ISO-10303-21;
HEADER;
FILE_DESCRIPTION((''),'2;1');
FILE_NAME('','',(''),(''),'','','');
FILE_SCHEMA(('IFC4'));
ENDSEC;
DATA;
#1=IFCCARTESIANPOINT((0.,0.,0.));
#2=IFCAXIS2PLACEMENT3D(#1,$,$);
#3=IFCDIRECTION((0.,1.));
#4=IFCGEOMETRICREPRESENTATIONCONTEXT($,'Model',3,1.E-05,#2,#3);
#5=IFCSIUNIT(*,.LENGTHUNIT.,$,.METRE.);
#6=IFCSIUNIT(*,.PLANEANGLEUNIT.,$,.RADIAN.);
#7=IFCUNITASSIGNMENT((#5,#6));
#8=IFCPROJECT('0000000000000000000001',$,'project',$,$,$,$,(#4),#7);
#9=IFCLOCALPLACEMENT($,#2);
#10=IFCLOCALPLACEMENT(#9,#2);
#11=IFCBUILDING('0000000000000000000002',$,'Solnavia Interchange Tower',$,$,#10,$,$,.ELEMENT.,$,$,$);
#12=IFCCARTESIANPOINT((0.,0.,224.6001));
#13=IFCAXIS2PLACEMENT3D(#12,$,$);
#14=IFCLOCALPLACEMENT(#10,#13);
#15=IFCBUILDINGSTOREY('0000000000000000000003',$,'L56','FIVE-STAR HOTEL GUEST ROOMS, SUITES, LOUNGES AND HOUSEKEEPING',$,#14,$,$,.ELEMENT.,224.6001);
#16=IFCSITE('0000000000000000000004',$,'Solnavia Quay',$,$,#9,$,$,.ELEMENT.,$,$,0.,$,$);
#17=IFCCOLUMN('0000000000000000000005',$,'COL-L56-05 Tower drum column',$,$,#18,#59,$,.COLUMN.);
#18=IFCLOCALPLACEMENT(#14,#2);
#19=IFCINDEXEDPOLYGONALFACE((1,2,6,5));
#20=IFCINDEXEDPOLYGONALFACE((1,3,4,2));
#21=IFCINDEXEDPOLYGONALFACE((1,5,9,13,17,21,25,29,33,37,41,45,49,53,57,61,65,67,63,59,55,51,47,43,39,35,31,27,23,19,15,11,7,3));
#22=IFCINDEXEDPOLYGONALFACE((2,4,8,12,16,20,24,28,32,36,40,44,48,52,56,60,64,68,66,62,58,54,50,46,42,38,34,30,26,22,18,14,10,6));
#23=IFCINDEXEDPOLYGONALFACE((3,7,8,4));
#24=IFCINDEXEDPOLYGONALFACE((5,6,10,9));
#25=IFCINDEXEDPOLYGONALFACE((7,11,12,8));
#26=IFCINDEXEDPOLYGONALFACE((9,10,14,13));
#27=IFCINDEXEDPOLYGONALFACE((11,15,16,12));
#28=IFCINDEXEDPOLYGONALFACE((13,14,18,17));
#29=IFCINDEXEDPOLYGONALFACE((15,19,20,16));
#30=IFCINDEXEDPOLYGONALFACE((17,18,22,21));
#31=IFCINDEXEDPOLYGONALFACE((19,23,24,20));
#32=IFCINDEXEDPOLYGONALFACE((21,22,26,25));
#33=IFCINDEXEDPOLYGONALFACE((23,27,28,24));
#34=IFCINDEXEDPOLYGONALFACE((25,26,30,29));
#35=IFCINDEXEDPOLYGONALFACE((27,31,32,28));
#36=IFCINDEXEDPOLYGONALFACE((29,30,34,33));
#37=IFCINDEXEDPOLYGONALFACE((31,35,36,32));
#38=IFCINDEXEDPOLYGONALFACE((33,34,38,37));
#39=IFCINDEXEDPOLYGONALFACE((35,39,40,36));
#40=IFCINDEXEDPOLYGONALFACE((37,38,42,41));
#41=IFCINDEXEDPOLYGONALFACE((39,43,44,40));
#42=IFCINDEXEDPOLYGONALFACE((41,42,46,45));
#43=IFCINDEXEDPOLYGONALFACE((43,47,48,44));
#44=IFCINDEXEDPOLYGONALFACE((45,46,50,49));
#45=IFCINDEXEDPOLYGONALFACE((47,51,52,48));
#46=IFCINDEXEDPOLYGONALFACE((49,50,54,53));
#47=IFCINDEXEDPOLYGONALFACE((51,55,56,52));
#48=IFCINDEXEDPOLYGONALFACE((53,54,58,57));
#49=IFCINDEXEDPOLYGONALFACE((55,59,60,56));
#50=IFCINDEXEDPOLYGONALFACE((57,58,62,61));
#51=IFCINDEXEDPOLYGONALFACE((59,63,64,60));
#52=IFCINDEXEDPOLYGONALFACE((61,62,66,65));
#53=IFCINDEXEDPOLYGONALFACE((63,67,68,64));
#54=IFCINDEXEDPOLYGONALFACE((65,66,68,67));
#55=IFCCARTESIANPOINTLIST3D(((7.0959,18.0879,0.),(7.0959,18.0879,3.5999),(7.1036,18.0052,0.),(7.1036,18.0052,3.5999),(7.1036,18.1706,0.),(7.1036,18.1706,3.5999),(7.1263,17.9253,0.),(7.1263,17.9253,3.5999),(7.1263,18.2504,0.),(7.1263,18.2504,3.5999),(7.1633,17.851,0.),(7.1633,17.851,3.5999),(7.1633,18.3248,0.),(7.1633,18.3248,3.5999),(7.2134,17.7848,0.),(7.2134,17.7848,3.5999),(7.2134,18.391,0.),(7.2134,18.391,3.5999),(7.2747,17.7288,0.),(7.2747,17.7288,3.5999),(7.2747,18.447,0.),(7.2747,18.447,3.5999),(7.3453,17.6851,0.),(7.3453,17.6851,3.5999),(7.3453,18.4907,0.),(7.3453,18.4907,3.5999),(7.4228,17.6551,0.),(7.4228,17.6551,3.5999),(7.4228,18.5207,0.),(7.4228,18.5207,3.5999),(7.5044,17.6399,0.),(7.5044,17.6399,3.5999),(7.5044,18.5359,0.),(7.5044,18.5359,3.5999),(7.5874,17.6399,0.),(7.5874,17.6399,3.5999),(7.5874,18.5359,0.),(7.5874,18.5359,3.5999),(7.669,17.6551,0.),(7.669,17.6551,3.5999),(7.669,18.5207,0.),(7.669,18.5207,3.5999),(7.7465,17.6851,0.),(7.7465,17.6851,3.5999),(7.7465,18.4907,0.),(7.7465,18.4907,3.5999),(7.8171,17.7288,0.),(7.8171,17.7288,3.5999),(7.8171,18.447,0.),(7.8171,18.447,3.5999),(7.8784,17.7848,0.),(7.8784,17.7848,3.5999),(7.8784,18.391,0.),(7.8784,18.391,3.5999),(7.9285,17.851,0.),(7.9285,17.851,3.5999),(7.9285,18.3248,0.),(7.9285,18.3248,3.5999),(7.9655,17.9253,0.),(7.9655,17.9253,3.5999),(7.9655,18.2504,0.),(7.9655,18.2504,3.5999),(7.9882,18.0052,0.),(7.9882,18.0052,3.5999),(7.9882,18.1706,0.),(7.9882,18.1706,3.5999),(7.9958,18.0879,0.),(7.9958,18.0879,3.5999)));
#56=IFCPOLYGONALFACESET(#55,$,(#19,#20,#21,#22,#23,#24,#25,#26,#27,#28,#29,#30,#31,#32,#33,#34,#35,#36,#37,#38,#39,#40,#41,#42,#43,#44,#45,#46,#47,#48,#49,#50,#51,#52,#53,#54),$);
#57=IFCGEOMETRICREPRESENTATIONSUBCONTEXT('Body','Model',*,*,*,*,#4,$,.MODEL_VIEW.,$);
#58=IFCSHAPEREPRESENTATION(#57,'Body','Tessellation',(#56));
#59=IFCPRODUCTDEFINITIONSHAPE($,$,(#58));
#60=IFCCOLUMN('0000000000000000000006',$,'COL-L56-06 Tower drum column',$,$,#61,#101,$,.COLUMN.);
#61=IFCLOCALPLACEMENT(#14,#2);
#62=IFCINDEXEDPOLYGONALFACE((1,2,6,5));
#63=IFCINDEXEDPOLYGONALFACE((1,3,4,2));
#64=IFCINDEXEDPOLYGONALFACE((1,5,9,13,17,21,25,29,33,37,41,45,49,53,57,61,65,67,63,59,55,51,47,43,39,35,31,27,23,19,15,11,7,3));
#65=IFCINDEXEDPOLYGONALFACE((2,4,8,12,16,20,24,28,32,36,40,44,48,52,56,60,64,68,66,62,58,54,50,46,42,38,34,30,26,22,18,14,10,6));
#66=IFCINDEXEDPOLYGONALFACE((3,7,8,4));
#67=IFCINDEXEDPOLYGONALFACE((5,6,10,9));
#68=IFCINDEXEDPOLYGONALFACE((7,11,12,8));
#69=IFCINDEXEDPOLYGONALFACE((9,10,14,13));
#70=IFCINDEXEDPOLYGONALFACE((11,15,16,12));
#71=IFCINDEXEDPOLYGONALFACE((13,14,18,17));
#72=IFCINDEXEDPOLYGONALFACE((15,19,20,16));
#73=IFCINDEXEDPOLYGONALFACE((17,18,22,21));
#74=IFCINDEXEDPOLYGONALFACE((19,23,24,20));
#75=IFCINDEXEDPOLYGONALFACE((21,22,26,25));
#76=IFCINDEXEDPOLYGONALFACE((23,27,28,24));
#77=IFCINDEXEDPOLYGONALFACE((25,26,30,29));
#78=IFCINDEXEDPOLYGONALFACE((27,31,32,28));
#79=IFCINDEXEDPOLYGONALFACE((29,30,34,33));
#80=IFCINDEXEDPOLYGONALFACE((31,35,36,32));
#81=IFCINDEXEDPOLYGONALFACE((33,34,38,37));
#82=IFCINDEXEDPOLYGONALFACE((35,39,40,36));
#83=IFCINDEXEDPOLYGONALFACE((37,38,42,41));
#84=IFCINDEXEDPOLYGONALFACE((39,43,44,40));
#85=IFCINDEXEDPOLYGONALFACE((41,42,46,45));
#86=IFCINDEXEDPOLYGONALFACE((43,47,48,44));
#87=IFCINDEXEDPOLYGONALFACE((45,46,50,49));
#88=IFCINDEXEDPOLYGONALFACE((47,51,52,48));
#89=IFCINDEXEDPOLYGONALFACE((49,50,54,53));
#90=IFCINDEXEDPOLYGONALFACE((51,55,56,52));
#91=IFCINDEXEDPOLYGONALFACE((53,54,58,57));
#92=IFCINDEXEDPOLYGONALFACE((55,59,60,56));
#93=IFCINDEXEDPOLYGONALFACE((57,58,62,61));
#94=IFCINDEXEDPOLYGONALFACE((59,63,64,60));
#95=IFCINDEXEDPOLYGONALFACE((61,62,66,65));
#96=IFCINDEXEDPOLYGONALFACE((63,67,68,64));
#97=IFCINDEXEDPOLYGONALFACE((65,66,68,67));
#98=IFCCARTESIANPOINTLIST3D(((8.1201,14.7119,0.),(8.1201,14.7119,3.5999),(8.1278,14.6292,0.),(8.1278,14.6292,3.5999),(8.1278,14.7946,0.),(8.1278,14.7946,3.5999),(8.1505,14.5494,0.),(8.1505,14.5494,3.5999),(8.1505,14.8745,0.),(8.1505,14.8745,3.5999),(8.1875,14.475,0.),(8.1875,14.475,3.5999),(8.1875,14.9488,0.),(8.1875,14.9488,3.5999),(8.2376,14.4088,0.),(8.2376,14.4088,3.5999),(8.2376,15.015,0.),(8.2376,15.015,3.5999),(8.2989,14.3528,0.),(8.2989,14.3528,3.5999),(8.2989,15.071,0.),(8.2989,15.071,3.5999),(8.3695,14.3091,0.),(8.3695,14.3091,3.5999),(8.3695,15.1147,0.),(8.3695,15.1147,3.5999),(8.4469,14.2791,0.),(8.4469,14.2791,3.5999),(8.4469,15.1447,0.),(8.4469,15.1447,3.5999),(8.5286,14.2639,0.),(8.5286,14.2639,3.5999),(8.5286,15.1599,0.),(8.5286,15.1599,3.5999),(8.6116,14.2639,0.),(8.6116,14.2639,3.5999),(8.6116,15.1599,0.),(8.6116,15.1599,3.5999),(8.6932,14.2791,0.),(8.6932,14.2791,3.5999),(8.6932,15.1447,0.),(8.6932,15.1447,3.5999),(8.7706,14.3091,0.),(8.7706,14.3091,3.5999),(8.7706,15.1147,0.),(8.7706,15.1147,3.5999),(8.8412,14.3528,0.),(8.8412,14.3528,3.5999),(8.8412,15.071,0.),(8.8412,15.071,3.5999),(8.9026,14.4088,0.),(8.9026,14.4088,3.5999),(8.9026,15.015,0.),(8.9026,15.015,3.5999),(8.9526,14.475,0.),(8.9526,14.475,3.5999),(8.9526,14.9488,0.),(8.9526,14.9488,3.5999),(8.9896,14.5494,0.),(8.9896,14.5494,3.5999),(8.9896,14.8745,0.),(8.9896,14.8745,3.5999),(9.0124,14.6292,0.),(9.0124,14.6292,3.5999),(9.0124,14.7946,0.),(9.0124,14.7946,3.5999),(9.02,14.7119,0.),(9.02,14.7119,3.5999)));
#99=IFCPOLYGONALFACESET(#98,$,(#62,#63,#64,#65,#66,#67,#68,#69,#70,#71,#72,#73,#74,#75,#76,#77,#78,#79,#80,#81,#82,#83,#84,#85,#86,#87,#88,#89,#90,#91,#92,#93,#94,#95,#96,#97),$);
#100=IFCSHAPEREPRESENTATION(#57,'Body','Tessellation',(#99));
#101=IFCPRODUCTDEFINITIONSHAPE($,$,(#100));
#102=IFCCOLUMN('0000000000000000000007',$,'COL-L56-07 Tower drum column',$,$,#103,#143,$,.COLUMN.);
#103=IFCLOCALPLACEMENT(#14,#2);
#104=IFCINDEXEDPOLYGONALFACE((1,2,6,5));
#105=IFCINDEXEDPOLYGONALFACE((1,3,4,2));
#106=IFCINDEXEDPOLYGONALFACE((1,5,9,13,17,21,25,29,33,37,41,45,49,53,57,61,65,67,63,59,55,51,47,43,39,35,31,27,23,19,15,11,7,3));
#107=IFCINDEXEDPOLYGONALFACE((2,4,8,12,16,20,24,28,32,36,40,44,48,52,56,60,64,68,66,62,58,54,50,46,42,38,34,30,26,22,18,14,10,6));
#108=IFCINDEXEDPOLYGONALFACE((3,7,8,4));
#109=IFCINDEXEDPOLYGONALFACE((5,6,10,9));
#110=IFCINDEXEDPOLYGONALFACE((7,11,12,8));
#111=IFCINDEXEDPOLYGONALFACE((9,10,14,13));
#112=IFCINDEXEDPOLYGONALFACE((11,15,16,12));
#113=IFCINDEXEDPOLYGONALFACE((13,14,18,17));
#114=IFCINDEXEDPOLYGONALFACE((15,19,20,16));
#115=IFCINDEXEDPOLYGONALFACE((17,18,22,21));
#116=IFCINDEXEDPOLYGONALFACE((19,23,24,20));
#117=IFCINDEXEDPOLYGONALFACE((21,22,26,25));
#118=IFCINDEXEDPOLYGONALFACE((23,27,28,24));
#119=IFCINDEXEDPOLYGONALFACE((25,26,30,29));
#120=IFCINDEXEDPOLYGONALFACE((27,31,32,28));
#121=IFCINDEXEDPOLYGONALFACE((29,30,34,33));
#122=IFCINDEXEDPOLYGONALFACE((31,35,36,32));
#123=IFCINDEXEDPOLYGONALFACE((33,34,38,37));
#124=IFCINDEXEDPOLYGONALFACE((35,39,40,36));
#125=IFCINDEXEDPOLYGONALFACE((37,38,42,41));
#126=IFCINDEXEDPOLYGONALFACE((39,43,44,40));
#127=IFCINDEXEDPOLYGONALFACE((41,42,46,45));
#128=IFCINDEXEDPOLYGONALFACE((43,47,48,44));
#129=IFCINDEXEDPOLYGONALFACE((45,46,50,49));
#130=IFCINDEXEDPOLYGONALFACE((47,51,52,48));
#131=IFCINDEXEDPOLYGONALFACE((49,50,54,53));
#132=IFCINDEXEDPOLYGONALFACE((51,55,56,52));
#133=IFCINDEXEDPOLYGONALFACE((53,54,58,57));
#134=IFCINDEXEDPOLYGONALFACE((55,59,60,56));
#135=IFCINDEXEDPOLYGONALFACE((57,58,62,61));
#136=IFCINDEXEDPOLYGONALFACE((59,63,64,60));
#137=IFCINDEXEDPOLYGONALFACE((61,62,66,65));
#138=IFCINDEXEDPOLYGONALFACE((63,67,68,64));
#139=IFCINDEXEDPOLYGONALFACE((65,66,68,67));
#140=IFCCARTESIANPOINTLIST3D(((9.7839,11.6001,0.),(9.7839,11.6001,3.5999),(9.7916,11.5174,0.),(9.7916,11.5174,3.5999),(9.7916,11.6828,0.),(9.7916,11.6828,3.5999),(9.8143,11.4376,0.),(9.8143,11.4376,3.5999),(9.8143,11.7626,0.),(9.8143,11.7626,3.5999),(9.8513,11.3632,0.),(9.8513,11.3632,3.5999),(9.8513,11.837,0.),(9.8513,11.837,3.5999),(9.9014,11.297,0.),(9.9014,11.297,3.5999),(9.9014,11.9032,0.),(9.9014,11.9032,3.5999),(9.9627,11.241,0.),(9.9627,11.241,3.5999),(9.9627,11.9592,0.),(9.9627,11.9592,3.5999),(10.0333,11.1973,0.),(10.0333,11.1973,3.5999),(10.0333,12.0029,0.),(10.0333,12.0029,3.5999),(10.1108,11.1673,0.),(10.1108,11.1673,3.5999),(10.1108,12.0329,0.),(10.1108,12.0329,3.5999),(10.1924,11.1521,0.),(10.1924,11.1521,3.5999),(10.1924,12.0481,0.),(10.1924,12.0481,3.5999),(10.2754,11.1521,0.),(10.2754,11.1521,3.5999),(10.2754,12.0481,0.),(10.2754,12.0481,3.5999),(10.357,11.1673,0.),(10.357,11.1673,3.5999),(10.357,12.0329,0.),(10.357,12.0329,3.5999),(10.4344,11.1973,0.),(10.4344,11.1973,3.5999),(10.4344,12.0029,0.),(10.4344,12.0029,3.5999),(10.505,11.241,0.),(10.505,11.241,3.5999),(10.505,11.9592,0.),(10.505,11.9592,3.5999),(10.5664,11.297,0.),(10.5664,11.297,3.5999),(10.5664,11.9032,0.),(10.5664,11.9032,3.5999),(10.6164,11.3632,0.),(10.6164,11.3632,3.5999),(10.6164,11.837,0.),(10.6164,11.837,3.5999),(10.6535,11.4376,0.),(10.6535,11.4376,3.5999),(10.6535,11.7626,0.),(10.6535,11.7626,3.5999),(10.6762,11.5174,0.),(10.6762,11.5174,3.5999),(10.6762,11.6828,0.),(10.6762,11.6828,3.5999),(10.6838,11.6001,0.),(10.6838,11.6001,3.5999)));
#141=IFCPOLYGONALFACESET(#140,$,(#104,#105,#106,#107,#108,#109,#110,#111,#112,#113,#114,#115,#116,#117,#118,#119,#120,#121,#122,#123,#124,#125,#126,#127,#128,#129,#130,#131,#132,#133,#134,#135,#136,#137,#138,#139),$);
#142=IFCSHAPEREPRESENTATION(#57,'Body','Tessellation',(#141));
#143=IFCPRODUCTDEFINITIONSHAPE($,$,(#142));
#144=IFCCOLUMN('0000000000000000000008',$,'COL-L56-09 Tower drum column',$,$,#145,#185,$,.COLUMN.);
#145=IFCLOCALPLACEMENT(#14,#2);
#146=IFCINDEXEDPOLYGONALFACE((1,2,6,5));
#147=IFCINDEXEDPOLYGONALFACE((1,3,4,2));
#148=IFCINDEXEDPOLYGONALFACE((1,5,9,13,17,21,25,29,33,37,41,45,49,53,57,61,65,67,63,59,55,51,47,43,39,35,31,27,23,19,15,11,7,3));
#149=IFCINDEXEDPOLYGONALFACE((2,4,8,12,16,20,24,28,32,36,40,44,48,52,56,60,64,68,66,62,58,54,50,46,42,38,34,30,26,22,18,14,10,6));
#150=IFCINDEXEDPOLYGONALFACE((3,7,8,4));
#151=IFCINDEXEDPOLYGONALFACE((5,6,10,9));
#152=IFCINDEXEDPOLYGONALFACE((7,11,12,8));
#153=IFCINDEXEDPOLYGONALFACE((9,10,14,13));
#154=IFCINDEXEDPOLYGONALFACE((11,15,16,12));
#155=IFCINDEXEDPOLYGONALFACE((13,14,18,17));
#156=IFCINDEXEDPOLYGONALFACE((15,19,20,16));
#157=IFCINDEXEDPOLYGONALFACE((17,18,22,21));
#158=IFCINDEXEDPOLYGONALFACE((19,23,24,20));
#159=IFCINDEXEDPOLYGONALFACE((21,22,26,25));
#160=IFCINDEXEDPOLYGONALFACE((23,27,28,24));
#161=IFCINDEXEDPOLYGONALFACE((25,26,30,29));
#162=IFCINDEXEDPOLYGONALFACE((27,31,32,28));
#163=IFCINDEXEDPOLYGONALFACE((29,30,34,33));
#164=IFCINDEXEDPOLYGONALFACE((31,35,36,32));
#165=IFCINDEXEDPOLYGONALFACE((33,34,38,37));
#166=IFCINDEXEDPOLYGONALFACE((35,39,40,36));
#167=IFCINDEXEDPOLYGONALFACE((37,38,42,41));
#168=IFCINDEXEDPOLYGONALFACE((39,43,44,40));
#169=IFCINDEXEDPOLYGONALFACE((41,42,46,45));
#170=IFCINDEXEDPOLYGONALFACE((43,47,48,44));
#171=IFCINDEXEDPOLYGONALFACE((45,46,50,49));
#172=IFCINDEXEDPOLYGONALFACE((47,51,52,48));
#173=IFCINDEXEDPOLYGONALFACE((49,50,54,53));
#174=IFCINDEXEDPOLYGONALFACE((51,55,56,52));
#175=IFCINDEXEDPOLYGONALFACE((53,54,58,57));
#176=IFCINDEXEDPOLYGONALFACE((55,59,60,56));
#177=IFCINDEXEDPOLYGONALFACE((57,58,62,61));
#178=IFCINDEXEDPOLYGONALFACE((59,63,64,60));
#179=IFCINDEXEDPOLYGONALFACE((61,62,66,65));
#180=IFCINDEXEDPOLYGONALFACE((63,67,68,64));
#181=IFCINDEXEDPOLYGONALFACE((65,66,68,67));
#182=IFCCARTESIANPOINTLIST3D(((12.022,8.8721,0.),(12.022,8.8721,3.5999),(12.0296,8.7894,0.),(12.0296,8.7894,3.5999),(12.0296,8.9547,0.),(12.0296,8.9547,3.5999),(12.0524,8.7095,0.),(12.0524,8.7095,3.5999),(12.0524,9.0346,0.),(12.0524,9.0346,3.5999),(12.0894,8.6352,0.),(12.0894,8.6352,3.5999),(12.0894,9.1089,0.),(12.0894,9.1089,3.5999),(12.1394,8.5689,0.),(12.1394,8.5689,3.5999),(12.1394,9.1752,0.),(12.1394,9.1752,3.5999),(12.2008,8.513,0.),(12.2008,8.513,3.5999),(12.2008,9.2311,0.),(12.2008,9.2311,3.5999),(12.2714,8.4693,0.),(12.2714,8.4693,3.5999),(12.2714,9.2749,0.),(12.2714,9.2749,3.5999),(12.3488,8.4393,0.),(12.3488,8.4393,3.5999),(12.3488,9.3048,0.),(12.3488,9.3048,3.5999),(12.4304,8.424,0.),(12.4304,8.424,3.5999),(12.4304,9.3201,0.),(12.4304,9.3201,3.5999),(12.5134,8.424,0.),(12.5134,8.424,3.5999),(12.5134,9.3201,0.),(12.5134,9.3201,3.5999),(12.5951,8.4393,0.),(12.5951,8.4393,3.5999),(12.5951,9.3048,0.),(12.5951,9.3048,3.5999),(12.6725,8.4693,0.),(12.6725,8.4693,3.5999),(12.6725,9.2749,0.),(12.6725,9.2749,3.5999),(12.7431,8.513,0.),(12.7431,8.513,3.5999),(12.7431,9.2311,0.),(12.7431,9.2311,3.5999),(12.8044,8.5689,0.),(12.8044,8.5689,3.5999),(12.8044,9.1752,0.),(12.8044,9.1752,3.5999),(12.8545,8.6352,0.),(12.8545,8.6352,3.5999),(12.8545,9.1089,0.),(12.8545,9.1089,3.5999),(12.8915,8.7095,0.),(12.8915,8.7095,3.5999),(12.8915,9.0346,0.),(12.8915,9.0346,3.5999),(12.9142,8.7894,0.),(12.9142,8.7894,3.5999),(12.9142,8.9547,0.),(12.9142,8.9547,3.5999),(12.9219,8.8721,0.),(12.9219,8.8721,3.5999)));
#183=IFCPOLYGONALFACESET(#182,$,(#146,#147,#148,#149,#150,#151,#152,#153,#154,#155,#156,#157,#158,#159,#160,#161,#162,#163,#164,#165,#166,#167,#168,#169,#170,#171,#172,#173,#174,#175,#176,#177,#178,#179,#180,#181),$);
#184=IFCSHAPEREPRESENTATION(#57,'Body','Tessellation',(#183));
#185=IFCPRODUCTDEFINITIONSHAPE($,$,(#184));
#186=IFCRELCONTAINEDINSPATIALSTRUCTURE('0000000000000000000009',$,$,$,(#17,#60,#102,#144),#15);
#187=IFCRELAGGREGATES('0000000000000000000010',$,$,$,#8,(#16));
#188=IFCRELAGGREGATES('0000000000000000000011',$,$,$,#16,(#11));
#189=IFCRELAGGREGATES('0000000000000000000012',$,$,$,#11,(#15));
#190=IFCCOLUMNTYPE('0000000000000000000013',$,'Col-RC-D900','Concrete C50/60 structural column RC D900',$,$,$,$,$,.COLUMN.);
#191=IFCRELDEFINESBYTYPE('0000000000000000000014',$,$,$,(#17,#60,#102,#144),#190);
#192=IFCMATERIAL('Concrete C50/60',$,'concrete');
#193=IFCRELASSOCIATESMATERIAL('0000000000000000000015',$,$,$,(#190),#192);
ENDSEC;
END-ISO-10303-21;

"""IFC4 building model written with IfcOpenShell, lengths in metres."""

from ifc_helpers import new_model, si_unit, direction, frame, origin, origin_2d, place, context, subcontext, project, spatial, circle, extrude, material, material_profile, profile_set, type_object, element, save


model = new_model("IFC4")

# Units and contexts
model_context = context("Model", 3, precision=1e-05, world=origin(), true_north=direction((0.0, 1.0)))
body_context = subcontext(model_context, "Body", "Model", "MODEL_VIEW")
ifc_project = project(units=[si_unit("LENGTHUNIT", "METRE"), si_unit("PLANEANGLEUNIT", "RADIAN")], contexts=[model_context])

# Site, building, storey
site_placement = place(None, origin())
site = spatial("IfcSite", under=ifc_project, at=site_placement, Name="Solnavia Quay", CompositionType="ELEMENT", RefElevation=0.0)
building_placement = place(site_placement, origin())
building = spatial("IfcBuilding", under=site, at=building_placement, Name="Solnavia Interchange Tower", CompositionType="ELEMENT")
storey_placement = place(building_placement, frame((0.0, 0.0, 224.6001)))
storey = spatial("IfcBuildingStorey", under=building, at=storey_placement, Name="L56", Description="FIVE-STAR HOTEL GUEST ROOMS, SUITES, LOUNGES AND HOUSEKEEPING", CompositionType="ELEMENT", Elevation=224.6001)

# Columns
ifc_material_1 = material(Name="Concrete C50/60", Category="concrete")
ifc_material_profile_1 = material_profile(ifc_material_1, circle(Radius=0.45, at=origin_2d()), Name="RC D900")
ifc_profile_set_1 = profile_set([ifc_material_profile_1], Name="Concrete C50/60")
column_type = type_object("IfcColumnType", Name="Col-RC-D900", Description="Concrete C50/60 structural column RC D900", PredefinedType="COLUMN", material=ifc_profile_set_1)
for number, where, z_axis, x_axis, name in (
    (1, (7.5459, 18.0879, 0.0), (0.0, 0.0, 1.0), (1.0, 0.0, 0.0), "COL-L56-05 Tower drum column"),
    (2, (8.5701, 14.7119, 0.0), (0.0, 0.0, 1.0), (1.0, 0.0, 0.0), "COL-L56-06 Tower drum column"),
    (3, (10.2339, 11.6001, 0.0), (0.0, 0.0, 1.0), (1.0, 0.0, 0.0), "COL-L56-07 Tower drum column"),
    (4, (12.4719, 8.8721, 0.0), (0.0, 0.0, 1.0), (1.0, 0.0, 0.0), "COL-L56-09 Tower drum column"),
):
    element("IfcColumn", number, at=place(storey_placement, frame(where, z_axis=z_axis, x_axis=x_axis)), inside=storey, type_object=column_type, Name=name, PredefinedType="COLUMN", context=body_context, shape_type="SweptSolid", body=[
        extrude(circle(Radius=0.45, at=origin_2d()), origin(), (0.0, 0.0, 1.0), 3.5999),
    ])

save(model, "model.ifc")
